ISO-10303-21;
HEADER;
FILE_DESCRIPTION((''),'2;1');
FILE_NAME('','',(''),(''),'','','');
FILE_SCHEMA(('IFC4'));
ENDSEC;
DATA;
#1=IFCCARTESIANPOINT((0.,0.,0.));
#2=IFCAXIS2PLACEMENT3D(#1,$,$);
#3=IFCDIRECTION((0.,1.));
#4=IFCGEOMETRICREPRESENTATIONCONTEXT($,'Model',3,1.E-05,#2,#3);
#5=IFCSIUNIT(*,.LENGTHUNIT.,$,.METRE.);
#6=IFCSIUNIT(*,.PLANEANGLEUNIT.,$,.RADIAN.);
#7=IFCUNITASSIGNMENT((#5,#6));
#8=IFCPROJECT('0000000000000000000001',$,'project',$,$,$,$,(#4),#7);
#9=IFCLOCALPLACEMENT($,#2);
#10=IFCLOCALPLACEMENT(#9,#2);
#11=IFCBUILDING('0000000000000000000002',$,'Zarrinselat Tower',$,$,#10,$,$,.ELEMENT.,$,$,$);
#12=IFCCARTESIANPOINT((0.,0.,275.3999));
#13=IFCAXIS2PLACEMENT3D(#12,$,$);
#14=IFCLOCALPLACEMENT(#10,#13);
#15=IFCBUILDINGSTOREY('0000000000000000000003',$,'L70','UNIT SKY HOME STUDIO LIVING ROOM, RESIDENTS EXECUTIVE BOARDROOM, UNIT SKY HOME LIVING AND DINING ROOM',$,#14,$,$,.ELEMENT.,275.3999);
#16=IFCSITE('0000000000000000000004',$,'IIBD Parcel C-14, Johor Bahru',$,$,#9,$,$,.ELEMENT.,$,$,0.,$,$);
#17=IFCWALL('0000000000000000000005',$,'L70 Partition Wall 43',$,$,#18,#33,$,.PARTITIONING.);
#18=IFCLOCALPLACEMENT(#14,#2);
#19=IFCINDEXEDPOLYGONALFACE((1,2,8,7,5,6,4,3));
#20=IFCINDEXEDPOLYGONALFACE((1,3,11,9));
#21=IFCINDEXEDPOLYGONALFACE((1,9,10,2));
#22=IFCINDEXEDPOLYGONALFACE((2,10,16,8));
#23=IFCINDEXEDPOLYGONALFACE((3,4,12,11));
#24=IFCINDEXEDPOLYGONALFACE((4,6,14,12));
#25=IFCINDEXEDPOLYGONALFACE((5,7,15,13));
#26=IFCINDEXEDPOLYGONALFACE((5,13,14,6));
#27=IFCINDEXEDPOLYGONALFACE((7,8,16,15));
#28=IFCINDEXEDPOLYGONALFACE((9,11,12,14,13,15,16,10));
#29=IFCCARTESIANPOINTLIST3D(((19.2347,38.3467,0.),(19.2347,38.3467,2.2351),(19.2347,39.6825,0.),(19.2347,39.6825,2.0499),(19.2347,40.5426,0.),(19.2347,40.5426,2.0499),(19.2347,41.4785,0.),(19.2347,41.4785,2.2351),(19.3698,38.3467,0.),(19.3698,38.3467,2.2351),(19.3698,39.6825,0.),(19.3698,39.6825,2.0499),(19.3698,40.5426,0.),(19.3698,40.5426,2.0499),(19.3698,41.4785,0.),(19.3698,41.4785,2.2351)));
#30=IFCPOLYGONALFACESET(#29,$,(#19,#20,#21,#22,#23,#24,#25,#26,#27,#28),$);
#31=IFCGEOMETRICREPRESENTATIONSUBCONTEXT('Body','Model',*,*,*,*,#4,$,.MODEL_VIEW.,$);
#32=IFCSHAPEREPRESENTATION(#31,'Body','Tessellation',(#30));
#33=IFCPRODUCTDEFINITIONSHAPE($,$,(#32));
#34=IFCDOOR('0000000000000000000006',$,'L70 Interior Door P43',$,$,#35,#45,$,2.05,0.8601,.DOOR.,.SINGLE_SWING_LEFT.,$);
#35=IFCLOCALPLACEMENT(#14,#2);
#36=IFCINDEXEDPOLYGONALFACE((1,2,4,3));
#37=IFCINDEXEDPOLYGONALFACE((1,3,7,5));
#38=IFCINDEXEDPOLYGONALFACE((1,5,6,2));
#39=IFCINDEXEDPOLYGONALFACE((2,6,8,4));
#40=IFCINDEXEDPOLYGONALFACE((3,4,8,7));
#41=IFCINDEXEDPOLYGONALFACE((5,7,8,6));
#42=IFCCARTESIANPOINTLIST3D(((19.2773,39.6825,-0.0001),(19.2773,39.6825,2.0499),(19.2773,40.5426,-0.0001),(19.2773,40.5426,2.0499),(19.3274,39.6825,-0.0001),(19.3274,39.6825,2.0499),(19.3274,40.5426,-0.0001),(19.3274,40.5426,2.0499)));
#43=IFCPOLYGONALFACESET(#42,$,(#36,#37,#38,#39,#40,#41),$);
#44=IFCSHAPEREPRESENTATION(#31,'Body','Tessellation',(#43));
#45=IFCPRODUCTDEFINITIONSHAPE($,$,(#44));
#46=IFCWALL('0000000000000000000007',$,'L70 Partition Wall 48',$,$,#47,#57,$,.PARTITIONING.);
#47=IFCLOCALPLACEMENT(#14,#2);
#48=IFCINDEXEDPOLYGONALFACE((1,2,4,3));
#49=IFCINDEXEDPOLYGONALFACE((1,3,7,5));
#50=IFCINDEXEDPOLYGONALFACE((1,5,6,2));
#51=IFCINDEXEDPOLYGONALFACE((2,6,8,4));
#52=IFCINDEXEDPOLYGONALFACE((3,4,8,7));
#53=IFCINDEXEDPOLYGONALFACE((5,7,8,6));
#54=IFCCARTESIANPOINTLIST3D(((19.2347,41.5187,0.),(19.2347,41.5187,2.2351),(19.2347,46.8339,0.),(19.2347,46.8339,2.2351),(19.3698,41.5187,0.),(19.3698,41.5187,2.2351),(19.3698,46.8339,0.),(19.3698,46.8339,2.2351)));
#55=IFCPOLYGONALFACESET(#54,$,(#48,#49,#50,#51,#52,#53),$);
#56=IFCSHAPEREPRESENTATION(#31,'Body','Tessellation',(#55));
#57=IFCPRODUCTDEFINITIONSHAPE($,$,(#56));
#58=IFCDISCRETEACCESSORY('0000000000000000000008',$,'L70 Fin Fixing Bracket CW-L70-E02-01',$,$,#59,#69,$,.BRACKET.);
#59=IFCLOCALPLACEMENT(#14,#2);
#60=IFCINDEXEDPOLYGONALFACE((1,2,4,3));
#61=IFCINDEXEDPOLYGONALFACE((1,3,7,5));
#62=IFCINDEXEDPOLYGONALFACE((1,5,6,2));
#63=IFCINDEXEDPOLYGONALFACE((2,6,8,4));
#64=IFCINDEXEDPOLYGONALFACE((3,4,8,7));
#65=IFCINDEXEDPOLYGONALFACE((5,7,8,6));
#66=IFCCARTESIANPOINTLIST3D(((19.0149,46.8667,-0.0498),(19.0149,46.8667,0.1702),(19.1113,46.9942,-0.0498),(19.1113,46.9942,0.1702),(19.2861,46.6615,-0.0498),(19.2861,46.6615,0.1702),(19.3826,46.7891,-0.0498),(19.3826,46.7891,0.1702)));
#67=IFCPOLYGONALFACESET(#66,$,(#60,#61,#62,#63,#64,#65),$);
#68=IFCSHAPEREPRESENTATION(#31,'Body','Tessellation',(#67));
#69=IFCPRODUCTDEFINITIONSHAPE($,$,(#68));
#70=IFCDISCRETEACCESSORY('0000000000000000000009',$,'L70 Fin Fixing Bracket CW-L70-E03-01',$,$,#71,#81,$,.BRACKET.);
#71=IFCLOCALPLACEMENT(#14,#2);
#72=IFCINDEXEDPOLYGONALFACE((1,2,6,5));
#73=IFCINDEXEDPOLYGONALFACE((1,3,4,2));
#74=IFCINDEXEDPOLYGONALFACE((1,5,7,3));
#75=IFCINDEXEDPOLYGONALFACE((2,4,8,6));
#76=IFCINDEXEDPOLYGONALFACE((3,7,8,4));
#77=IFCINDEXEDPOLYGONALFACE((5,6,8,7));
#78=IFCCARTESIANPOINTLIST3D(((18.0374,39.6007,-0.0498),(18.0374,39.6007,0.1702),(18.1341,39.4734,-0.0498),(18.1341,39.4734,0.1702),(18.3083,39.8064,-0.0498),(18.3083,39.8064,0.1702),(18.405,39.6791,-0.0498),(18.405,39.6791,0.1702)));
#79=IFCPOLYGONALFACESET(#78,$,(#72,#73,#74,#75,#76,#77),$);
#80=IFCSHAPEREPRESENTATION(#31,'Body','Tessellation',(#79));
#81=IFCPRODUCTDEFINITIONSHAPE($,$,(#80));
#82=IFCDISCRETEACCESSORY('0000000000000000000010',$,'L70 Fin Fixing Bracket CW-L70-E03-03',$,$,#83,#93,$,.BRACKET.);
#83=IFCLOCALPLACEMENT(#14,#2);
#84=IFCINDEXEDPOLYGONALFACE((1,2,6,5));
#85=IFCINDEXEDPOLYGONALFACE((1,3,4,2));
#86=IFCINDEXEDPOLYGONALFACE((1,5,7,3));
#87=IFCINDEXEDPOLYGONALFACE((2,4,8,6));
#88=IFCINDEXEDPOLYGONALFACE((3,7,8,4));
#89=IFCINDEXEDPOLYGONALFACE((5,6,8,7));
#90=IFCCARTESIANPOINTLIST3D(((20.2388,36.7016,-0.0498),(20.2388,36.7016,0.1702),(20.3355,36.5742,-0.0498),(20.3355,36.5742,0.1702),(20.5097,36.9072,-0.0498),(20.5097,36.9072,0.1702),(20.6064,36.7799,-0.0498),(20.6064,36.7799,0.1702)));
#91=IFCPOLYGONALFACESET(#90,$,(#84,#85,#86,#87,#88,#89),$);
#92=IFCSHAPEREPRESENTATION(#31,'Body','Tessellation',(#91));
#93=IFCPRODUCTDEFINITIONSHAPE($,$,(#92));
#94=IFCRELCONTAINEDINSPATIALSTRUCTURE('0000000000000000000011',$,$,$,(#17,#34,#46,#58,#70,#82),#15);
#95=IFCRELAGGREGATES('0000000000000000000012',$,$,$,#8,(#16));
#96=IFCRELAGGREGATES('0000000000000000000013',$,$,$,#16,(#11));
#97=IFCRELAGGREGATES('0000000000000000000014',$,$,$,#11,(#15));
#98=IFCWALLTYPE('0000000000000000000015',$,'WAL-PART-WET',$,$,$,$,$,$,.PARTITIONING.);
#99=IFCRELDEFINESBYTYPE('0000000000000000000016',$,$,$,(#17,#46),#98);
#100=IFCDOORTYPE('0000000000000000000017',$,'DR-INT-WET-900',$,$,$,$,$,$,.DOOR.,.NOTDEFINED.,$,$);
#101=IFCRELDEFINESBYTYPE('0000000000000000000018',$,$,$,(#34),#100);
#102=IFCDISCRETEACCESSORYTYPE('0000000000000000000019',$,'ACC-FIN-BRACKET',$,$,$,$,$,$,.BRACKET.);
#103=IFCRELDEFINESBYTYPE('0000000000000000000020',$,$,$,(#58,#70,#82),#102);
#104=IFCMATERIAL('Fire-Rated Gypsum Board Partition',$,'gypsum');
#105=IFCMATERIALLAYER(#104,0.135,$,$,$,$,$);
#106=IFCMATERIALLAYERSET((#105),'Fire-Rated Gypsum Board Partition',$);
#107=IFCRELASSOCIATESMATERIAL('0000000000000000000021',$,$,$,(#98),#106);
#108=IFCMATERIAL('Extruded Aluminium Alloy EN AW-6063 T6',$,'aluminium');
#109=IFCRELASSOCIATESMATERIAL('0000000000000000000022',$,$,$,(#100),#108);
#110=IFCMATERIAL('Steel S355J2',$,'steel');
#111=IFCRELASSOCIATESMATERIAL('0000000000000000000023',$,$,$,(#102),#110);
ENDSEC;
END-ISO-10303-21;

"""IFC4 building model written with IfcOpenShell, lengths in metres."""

from ifc_helpers import new_model, si_unit, direction, frame, frame_2d, origin, origin_2d, place, context, subcontext, project, spatial, rectangle, extrude, material, layer, layer_set, type_object, element, fill, save


model = new_model("IFC4")

# Units and contexts
model_context = context("Model", 3, precision=1e-05, world=origin(), true_north=direction((0.0, 1.0)))
body_context = subcontext(model_context, "Body", "Model", "MODEL_VIEW")
ifc_project = project(units=[si_unit("LENGTHUNIT", "METRE"), si_unit("PLANEANGLEUNIT", "RADIAN")], contexts=[model_context])

# Site, building, storey
site_placement = place(None, origin())
site = spatial("IfcSite", under=ifc_project, at=site_placement, Name="IIBD Parcel C-14, Johor Bahru", CompositionType="ELEMENT", RefElevation=0.0)
building_placement = place(site_placement, origin())
building = spatial("IfcBuilding", under=site, at=building_placement, Name="Zarrinselat Tower", CompositionType="ELEMENT")
storey_placement = place(building_placement, frame((0.0, 0.0, 275.3999)))
storey = spatial("IfcBuildingStorey", under=building, at=storey_placement, Name="L70", Description="UNIT SKY HOME STUDIO LIVING ROOM, RESIDENTS EXECUTIVE BOARDROOM, UNIT SKY HOME LIVING AND DINING ROOM", CompositionType="ELEMENT", Elevation=275.3999)

# Wall, opening, door
ifc_material_1 = material(Name="Fire-Rated Gypsum Board Partition", Category="gypsum")
ifc_layer_1 = layer(ifc_material_1, 0.135)
ifc_layer_set_1 = layer_set([ifc_layer_1], Name="Fire-Rated Gypsum Board Partition")
wall_type_1 = type_object("IfcWallType", Name="WAL-PART-WET", PredefinedType="PARTITIONING", material=ifc_layer_set_1)
wall_1_placement = place(storey_placement, frame((19.3022, 38.3467, 0.0), z_axis=(0.0, 0.0, 1.0), x_axis=(0.0, 1.0, 0.0)))
wall_1 = element("IfcWall", 1, at=wall_1_placement, inside=storey, type_object=wall_type_1, Name="L70 Partition Wall 43", PredefinedType="PARTITIONING", context=body_context, shape_type="SweptSolid", body=[
    extrude(rectangle(XDim=3.1318, YDim=0.135, at=frame_2d((1.5659, 0.0))), origin(), (0.0, 0.0, 1.0), 2.2351),
])
opening_1_placement = place(wall_1_placement, frame((1.3357, 0.0, 0.0)))
opening_1 = element("IfcOpeningElement", 2, at=opening_1_placement, cuts=wall_1, PredefinedType="OPENING", context=body_context, shape_type="SweptSolid", body=[
    extrude(rectangle(XDim=0.8601, YDim=2.05, at=frame_2d((0.4302, 1.0249))), frame((0.0, 0.0774, 0.0), z_axis=(0.0, -1.0, 0.0), x_axis=(1.0, 0.0, 0.0)), (0.0, 0.0, 1.0), 0.155),
])
ifc_material_2 = material(Name="Extruded Aluminium Alloy EN AW-6063 T6", Category="aluminium")
door_type_1 = type_object("IfcDoorType", Name="DR-INT-WET-900", OperationType="NOTDEFINED", PredefinedType="DOOR", material=ifc_material_2)
door_1_placement = place(opening_1_placement, origin())
door_1 = element("IfcDoor", 3, at=door_1_placement, inside=storey, type_object=door_type_1, Name="L70 Interior Door P43", OperationType="SINGLE_SWING_LEFT", OverallHeight=2.05, OverallWidth=0.8601, PredefinedType="DOOR", context=body_context, shape_type="SweptSolid", body=[
    extrude(rectangle(XDim=0.8601, YDim=2.05, at=frame_2d((0.4302, 1.0249))), frame((0.0, 0.0249, 0.0), z_axis=(0.0, -1.0, 0.0), x_axis=(1.0, 0.0, 0.0)), (0.0, 0.0, 1.0), 0.05),
])
fill(opening_1, door_1)

# Wall
wall_2_placement = place(storey_placement, frame((19.3022, 41.5186, 0.0), z_axis=(0.0, 0.0, 1.0), x_axis=(0.0, 1.0, 0.0)))
element("IfcWall", 4, at=wall_2_placement, inside=storey, type_object=wall_type_1, Name="L70 Partition Wall 48", PredefinedType="PARTITIONING", context=body_context, shape_type="SweptSolid", body=[
    extrude(rectangle(XDim=5.3152, YDim=0.135, at=frame_2d((2.6577, 0.0))), origin(), (0.0, 0.0, 1.0), 2.2351),
])

# Discrete accessories
ifc_material_3 = material(Name="Steel S355J2", Category="steel")
discrete_accessory_type = type_object("IfcDiscreteAccessoryType", Name="ACC-FIN-BRACKET", PredefinedType="BRACKET", material=ifc_material_3)
for number, where, z_axis, x_axis, name in (
    (5, (19.1987, 46.8279, -0.0498), (0.0, 0.0, 1.0), (-0.797605, 0.60318, 0.0), "L70 Fin Fixing Bracket CW-L70-E02-01"),
    (6, (18.2212, 39.6399, -0.0498), (0.0, 0.0, 1.0), (-0.796387, -0.604788, 0.0), "L70 Fin Fixing Bracket CW-L70-E03-01"),
    (7, (20.4226, 36.7407, -0.0498), (0.0, 0.0, 1.0), (-0.796387, -0.604788, 0.0), "L70 Fin Fixing Bracket CW-L70-E03-03"),
):
    element("IfcDiscreteAccessory", number, at=place(storey_placement, frame(where, z_axis=z_axis, x_axis=x_axis)), inside=storey, type_object=discrete_accessory_type, Name=name, PredefinedType="BRACKET", context=body_context, shape_type="SweptSolid", body=[
        extrude(rectangle(XDim=0.3401, YDim=0.1599, at=origin_2d()), origin(), (0.0, 0.0, 1.0), 0.22),
    ])

save(model, "model.ifc")
